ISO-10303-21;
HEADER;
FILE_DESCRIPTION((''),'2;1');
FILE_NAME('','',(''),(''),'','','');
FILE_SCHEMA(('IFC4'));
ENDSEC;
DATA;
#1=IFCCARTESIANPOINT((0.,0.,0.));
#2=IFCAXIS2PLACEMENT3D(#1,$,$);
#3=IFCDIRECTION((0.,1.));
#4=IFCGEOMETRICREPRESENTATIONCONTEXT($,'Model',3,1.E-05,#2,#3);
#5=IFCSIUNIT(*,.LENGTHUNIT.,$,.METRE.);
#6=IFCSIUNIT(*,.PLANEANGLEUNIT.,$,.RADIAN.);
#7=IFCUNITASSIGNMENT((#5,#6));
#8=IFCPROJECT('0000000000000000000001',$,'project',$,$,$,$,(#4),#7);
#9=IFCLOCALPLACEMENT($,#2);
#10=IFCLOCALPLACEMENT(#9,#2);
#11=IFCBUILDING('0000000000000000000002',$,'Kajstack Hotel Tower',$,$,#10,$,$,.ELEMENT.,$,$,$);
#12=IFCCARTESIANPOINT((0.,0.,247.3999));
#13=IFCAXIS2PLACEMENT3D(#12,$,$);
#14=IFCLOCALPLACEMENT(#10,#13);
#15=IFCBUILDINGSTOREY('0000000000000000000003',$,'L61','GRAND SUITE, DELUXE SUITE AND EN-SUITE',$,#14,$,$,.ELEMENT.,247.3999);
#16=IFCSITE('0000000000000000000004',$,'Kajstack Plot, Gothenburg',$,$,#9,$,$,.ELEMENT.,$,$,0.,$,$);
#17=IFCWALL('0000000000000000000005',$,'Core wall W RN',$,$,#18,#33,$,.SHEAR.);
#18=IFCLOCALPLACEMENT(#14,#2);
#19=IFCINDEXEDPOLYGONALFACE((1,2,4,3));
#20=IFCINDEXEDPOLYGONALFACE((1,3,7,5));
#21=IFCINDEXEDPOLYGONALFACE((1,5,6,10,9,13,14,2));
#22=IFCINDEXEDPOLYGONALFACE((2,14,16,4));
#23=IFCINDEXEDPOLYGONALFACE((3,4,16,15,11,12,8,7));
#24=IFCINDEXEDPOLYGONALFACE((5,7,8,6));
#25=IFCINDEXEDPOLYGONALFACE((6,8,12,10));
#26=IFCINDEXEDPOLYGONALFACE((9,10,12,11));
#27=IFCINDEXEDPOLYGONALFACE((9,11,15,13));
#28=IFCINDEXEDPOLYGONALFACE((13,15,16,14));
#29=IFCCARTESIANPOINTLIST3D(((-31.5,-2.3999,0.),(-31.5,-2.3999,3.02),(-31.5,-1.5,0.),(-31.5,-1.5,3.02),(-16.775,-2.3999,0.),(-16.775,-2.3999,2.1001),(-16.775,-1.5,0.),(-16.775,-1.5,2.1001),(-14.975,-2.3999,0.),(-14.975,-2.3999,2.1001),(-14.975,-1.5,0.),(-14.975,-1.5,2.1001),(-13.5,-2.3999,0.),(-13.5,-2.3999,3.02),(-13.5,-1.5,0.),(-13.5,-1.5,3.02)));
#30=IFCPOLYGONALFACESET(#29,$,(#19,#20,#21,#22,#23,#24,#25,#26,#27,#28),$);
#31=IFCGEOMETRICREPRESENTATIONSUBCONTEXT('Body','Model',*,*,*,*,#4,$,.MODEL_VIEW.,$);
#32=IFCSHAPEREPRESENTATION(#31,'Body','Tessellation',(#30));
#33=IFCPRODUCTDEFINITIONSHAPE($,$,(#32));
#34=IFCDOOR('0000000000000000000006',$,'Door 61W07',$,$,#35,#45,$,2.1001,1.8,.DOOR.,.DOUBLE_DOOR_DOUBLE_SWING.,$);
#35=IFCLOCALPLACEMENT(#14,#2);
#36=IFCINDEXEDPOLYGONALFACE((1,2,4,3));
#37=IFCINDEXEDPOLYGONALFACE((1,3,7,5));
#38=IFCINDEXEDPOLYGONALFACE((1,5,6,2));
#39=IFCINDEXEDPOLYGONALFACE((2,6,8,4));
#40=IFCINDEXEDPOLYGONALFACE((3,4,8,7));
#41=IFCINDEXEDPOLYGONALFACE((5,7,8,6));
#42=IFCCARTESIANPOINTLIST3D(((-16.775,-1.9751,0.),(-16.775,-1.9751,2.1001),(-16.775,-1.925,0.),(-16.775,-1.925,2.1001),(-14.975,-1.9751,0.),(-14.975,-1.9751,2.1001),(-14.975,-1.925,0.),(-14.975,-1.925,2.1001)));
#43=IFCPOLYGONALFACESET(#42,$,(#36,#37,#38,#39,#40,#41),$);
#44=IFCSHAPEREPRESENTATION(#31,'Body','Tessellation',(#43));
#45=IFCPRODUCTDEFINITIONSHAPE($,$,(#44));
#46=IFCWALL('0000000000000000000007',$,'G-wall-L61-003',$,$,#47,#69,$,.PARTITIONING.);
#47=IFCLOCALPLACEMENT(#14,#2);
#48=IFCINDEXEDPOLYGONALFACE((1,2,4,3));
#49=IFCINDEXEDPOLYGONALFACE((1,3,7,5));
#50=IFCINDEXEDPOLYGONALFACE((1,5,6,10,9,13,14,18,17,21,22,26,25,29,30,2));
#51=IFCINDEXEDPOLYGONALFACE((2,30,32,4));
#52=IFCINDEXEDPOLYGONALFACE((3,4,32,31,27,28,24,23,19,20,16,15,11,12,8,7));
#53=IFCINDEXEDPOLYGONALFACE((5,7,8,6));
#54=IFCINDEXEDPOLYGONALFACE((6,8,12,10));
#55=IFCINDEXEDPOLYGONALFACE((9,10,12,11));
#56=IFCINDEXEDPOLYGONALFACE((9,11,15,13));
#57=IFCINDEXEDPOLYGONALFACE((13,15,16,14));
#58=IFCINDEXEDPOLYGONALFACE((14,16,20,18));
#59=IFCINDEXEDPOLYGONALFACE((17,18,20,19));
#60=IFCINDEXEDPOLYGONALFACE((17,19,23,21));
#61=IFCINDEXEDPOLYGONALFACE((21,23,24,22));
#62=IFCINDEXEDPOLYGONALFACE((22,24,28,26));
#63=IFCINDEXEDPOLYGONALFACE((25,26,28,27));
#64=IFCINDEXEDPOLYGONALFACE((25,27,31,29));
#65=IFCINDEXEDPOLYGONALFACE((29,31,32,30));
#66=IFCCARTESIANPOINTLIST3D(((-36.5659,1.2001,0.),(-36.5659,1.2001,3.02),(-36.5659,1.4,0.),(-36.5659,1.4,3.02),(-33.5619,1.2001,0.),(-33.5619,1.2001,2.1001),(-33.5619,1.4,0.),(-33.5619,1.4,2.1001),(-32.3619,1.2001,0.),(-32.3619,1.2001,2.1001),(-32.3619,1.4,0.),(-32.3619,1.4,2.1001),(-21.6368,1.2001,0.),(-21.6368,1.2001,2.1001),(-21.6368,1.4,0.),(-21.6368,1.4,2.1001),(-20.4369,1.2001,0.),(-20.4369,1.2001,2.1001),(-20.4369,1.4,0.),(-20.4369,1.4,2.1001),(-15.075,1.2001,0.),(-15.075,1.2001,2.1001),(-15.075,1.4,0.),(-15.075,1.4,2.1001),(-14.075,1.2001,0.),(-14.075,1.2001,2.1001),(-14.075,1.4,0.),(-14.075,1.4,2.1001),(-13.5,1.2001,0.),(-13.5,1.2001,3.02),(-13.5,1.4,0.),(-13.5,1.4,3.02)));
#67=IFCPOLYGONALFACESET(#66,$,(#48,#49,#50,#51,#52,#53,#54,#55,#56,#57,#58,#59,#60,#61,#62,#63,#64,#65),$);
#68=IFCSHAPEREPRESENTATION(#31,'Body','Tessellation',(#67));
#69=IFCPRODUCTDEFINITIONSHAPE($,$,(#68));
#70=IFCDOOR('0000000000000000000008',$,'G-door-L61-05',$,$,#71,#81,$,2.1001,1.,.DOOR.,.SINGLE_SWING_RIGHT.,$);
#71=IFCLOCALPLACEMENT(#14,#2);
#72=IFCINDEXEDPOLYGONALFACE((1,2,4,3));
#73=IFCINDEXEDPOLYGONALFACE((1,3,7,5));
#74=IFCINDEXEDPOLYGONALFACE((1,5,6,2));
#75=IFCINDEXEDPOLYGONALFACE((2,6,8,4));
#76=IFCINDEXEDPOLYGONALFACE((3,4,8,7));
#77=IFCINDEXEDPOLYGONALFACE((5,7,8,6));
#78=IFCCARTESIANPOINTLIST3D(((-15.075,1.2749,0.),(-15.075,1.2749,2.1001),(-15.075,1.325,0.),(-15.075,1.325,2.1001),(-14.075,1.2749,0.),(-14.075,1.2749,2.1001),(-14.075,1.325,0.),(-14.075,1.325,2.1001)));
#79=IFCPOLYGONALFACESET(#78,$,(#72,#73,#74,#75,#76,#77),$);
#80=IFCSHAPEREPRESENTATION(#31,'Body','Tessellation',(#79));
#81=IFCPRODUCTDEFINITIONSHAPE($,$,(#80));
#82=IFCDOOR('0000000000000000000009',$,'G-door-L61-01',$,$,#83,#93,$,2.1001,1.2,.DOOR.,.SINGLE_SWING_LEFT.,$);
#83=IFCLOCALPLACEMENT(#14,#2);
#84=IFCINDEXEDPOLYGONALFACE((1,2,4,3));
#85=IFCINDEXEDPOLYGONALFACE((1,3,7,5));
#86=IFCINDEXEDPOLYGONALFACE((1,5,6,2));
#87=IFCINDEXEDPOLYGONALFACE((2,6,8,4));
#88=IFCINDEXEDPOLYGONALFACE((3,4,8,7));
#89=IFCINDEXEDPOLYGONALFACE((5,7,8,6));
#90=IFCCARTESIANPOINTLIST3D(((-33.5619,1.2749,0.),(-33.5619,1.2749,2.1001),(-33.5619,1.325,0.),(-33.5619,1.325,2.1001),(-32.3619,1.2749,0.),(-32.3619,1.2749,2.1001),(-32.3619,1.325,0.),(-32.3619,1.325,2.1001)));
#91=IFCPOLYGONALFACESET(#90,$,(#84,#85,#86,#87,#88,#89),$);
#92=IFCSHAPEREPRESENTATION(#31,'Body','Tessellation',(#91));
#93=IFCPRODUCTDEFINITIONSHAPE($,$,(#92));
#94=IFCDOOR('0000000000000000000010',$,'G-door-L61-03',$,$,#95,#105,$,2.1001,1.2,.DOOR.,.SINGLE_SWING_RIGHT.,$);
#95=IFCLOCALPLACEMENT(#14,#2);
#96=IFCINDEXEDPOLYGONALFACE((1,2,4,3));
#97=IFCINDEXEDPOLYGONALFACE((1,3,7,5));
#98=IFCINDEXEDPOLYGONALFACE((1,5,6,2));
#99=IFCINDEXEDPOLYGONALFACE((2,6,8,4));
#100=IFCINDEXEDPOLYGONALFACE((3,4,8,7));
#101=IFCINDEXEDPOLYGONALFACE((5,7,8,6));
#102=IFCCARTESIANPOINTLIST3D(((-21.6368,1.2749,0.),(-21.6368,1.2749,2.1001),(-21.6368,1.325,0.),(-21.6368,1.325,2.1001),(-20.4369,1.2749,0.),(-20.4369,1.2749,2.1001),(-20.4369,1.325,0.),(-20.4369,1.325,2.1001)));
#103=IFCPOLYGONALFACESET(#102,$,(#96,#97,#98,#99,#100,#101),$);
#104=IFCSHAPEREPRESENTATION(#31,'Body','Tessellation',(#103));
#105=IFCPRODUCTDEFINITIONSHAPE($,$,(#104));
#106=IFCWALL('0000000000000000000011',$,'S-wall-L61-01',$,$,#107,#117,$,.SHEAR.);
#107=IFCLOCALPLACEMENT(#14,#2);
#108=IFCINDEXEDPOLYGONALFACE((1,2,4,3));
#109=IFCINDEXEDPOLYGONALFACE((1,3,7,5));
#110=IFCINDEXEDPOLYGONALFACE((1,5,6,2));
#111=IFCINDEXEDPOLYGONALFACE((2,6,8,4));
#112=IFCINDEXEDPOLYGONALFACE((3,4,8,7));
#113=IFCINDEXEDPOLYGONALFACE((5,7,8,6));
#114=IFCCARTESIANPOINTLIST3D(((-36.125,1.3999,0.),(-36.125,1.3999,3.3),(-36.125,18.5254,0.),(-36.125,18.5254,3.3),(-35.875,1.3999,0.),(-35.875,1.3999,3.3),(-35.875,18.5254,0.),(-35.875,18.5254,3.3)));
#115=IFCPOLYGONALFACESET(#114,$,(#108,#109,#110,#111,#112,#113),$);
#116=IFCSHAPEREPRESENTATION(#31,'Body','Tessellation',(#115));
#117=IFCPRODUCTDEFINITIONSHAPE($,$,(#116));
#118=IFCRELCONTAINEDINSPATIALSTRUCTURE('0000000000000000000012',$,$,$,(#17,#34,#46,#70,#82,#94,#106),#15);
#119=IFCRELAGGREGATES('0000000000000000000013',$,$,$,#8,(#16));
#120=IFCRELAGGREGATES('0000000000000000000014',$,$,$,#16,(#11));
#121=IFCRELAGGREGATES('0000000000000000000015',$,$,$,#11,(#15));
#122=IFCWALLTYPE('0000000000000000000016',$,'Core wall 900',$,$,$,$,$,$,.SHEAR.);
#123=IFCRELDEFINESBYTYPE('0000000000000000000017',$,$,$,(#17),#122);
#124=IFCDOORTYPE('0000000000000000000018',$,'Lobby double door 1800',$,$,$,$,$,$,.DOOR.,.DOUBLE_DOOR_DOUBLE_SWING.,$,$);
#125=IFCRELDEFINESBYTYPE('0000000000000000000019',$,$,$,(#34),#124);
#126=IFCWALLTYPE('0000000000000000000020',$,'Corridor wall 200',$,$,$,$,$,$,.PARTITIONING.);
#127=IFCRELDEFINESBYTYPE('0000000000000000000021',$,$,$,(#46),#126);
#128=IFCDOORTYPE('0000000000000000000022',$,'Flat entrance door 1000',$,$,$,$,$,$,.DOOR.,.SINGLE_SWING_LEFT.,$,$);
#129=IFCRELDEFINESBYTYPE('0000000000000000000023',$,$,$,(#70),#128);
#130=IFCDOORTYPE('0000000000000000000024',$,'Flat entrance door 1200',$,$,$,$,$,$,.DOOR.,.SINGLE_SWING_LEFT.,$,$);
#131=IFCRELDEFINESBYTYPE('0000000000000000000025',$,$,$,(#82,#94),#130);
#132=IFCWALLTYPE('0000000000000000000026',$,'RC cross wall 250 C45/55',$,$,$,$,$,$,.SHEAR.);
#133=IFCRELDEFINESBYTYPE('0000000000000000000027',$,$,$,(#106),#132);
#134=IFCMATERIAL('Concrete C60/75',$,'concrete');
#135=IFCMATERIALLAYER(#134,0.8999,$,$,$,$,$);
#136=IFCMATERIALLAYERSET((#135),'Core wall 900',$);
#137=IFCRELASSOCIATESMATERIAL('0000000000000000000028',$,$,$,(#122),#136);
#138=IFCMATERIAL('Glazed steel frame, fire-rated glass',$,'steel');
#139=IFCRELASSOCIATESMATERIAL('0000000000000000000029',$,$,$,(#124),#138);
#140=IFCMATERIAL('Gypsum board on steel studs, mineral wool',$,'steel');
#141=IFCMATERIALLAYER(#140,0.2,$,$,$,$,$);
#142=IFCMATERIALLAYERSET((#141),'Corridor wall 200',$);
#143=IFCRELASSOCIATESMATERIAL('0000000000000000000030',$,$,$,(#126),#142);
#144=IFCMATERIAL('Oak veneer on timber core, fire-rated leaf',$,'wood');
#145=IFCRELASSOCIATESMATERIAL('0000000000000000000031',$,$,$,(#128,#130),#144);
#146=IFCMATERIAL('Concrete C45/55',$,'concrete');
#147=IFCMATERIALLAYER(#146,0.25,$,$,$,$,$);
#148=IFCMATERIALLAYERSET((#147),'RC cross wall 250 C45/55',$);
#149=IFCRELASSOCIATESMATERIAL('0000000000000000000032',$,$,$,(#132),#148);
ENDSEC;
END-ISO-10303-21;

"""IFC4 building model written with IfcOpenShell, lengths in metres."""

from ifc_helpers import new_model, si_unit, direction, frame, frame_2d, origin, place, context, subcontext, project, spatial, rectangle, extrude, material, layer, layer_set, type_object, element, fill, save


model = new_model("IFC4")

# Units and contexts
model_context = context("Model", 3, precision=1e-05, world=origin(), true_north=direction((0.0, 1.0)))
body_context = subcontext(model_context, "Body", "Model", "MODEL_VIEW")
ifc_project = project(units=[si_unit("LENGTHUNIT", "METRE"), si_unit("PLANEANGLEUNIT", "RADIAN")], contexts=[model_context])

# Site, building, storey
site_placement = place(None, origin())
site = spatial("IfcSite", under=ifc_project, at=site_placement, Name="Kajstack Plot, Gothenburg", CompositionType="ELEMENT", RefElevation=0.0)
building_placement = place(site_placement, origin())
building = spatial("IfcBuilding", under=site, at=building_placement, Name="Kajstack Hotel Tower", CompositionType="ELEMENT")
storey_placement = place(building_placement, frame((0.0, 0.0, 247.3999)))
storey = spatial("IfcBuildingStorey", under=building, at=storey_placement, Name="L61", Description="GRAND SUITE, DELUXE SUITE AND EN-SUITE", CompositionType="ELEMENT", Elevation=247.3999)

# Wall, opening, door
ifc_material_1 = material(Name="Concrete C60/75", Category="concrete")
ifc_layer_1 = layer(ifc_material_1, 0.8999)
ifc_layer_set_1 = layer_set([ifc_layer_1], Name="Core wall 900")
wall_type_1 = type_object("IfcWallType", Name="Core wall 900", PredefinedType="SHEAR", material=ifc_layer_set_1)
wall_1_placement = place(storey_placement, frame((-31.5, -1.95, 0.0), z_axis=(0.0, 0.0, 1.0), x_axis=(1.0, 0.0, 0.0)))
wall_1 = element("IfcWall", 1, at=wall_1_placement, inside=storey, type_object=wall_type_1, Name="Core wall W RN", PredefinedType="SHEAR", context=body_context, shape_type="SweptSolid", body=[
    extrude(rectangle(XDim=18.0, YDim=0.8999, at=frame_2d((9.0, 0.0))), origin(), (0.0, 0.0, 1.0), 3.02),
])
opening_1_placement = place(wall_1_placement, frame((14.7251, 0.0, 0.0)))
opening_1 = element("IfcOpeningElement", 2, at=opening_1_placement, cuts=wall_1, PredefinedType="OPENING", context=body_context, shape_type="SweptSolid", body=[
    extrude(rectangle(XDim=1.8, YDim=2.1001, at=frame_2d((0.8999, 1.05))), frame((0.0, 0.46, 0.0), z_axis=(0.0, -1.0, 0.0), x_axis=(1.0, 0.0, 0.0)), (0.0, 0.0, 1.0), 0.9199),
])
ifc_material_2 = material(Name="Glazed steel frame, fire-rated glass", Category="steel")
door_type_1 = type_object("IfcDoorType", Name="Lobby double door 1800", OperationType="DOUBLE_DOOR_DOUBLE_SWING", PredefinedType="DOOR", material=ifc_material_2)
door_1_placement = place(opening_1_placement, origin())
door_1 = element("IfcDoor", 3, at=door_1_placement, inside=storey, type_object=door_type_1, Name="Door 61W07", OperationType="DOUBLE_DOOR_DOUBLE_SWING", OverallHeight=2.1001, OverallWidth=1.8, PredefinedType="DOOR", context=body_context, shape_type="SweptSolid", body=[
    extrude(rectangle(XDim=1.8, YDim=2.1001, at=frame_2d((0.8999, 1.05))), frame((0.0, 0.0249, 0.0), z_axis=(0.0, -1.0, 0.0), x_axis=(1.0, 0.0, 0.0)), (0.0, 0.0, 1.0), 0.05),
])
fill(opening_1, door_1)

# Wall, openings, doors
ifc_material_3 = material(Name="Gypsum board on steel studs, mineral wool", Category="steel")
ifc_layer_2 = layer(ifc_material_3, 0.2)
ifc_layer_set_2 = layer_set([ifc_layer_2], Name="Corridor wall 200")
wall_type_2 = type_object("IfcWallType", Name="Corridor wall 200", PredefinedType="PARTITIONING", material=ifc_layer_set_2)
wall_2_placement = place(storey_placement, frame((-36.5659, 1.3, 0.0), z_axis=(0.0, 0.0, 1.0), x_axis=(1.0, 0.0, 0.0)))
wall_2 = element("IfcWall", 4, at=wall_2_placement, inside=storey, type_object=wall_type_2, Name="G-wall-L61-003", PredefinedType="PARTITIONING", context=body_context, shape_type="SweptSolid", body=[
    extrude(rectangle(XDim=23.0659, YDim=0.2, at=frame_2d((11.533, 0.0))), origin(), (0.0, 0.0, 1.0), 3.02),
])
opening_2_placement = place(wall_2_placement, frame((3.0039, 0.0, 0.0)))
opening_2 = element("IfcOpeningElement", 5, at=opening_2_placement, cuts=wall_2, PredefinedType="OPENING", context=body_context, shape_type="SweptSolid", body=[
    extrude(rectangle(XDim=1.2, YDim=2.1001, at=frame_2d((0.6001, 1.05))), frame((0.0, 0.1099, 0.0), z_axis=(0.0, -1.0, 0.0), x_axis=(1.0, 0.0, 0.0)), (0.0, 0.0, 1.0), 0.22),
])
opening_3_placement = place(wall_2_placement, frame((14.929, 0.0, 0.0)))
opening_3 = element("IfcOpeningElement", 6, at=opening_3_placement, cuts=wall_2, PredefinedType="OPENING", context=body_context, shape_type="SweptSolid", body=[
    extrude(rectangle(XDim=1.2, YDim=2.1001, at=frame_2d((0.6001, 1.05))), frame((0.0, 0.1099, 0.0), z_axis=(0.0, -1.0, 0.0), x_axis=(1.0, 0.0, 0.0)), (0.0, 0.0, 1.0), 0.22),
])
opening_4_placement = place(wall_2_placement, frame((21.491, 0.0, 0.0)))
opening_4 = element("IfcOpeningElement", 7, at=opening_4_placement, cuts=wall_2, PredefinedType="OPENING", context=body_context, shape_type="SweptSolid", body=[
    extrude(rectangle(XDim=1.0, YDim=2.1001, at=frame_2d((0.5, 1.05))), frame((0.0, 0.1099, 0.0), z_axis=(0.0, -1.0, 0.0), x_axis=(1.0, 0.0, 0.0)), (0.0, 0.0, 1.0), 0.22),
])
ifc_material_4 = material(Name="Oak veneer on timber core, fire-rated leaf", Category="wood")
door_type_2 = type_object("IfcDoorType", Name="Flat entrance door 1000", OperationType="SINGLE_SWING_LEFT", PredefinedType="DOOR", material=ifc_material_4)
door_2_placement = place(opening_4_placement, origin())
door_2 = element("IfcDoor", 8, at=door_2_placement, inside=storey, type_object=door_type_2, Name="G-door-L61-05", OperationType="SINGLE_SWING_RIGHT", OverallHeight=2.1001, OverallWidth=1.0, PredefinedType="DOOR", context=body_context, shape_type="SweptSolid", body=[
    extrude(rectangle(XDim=1.0, YDim=2.1001, at=frame_2d((0.5, 1.05))), frame((0.0, 0.0249, 0.0), z_axis=(0.0, -1.0, 0.0), x_axis=(1.0, 0.0, 0.0)), (0.0, 0.0, 1.0), 0.05),
])
fill(opening_4, door_2)
door_type_3 = type_object("IfcDoorType", Name="Flat entrance door 1200", OperationType="SINGLE_SWING_LEFT", PredefinedType="DOOR", material=ifc_material_4)
door_3_placement = place(opening_2_placement, origin())
door_3 = element("IfcDoor", 9, at=door_3_placement, inside=storey, type_object=door_type_3, Name="G-door-L61-01", OperationType="SINGLE_SWING_LEFT", OverallHeight=2.1001, OverallWidth=1.2, PredefinedType="DOOR", context=body_context, shape_type="SweptSolid", body=[
    extrude(rectangle(XDim=1.2, YDim=2.1001, at=frame_2d((0.6001, 1.05))), frame((0.0, 0.0249, 0.0), z_axis=(0.0, -1.0, 0.0), x_axis=(1.0, 0.0, 0.0)), (0.0, 0.0, 1.0), 0.05),
])
fill(opening_2, door_3)
door_4_placement = place(opening_3_placement, origin())
door_4 = element("IfcDoor", 10, at=door_4_placement, inside=storey, type_object=door_type_3, Name="G-door-L61-03", OperationType="SINGLE_SWING_RIGHT", OverallHeight=2.1001, OverallWidth=1.2, PredefinedType="DOOR", context=body_context, shape_type="SweptSolid", body=[
    extrude(rectangle(XDim=1.2, YDim=2.1001, at=frame_2d((0.6001, 1.05))), frame((0.0, 0.0249, 0.0), z_axis=(0.0, -1.0, 0.0), x_axis=(1.0, 0.0, 0.0)), (0.0, 0.0, 1.0), 0.05),
])
fill(opening_3, door_4)

# Wall
ifc_material_5 = material(Name="Concrete C45/55", Category="concrete")
ifc_layer_3 = layer(ifc_material_5, 0.25)
ifc_layer_set_3 = layer_set([ifc_layer_3], Name="RC cross wall 250 C45/55")
wall_type_3 = type_object("IfcWallType", Name="RC cross wall 250 C45/55", PredefinedType="SHEAR", material=ifc_layer_set_3)
wall_3_placement = place(storey_placement, frame((-36.0, 1.3999, 0.0), z_axis=(0.0, 0.0, 1.0), x_axis=(0.0, 1.0, 0.0)))
element("IfcWall", 11, at=wall_3_placement, inside=storey, type_object=wall_type_3, Name="S-wall-L61-01", PredefinedType="SHEAR", context=body_context, shape_type="SweptSolid", body=[
    extrude(rectangle(XDim=17.1255, YDim=0.25, at=frame_2d((8.5627, 0.0))), origin(), (0.0, 0.0, 1.0), 3.3),
])

save(model, "model.ifc")
